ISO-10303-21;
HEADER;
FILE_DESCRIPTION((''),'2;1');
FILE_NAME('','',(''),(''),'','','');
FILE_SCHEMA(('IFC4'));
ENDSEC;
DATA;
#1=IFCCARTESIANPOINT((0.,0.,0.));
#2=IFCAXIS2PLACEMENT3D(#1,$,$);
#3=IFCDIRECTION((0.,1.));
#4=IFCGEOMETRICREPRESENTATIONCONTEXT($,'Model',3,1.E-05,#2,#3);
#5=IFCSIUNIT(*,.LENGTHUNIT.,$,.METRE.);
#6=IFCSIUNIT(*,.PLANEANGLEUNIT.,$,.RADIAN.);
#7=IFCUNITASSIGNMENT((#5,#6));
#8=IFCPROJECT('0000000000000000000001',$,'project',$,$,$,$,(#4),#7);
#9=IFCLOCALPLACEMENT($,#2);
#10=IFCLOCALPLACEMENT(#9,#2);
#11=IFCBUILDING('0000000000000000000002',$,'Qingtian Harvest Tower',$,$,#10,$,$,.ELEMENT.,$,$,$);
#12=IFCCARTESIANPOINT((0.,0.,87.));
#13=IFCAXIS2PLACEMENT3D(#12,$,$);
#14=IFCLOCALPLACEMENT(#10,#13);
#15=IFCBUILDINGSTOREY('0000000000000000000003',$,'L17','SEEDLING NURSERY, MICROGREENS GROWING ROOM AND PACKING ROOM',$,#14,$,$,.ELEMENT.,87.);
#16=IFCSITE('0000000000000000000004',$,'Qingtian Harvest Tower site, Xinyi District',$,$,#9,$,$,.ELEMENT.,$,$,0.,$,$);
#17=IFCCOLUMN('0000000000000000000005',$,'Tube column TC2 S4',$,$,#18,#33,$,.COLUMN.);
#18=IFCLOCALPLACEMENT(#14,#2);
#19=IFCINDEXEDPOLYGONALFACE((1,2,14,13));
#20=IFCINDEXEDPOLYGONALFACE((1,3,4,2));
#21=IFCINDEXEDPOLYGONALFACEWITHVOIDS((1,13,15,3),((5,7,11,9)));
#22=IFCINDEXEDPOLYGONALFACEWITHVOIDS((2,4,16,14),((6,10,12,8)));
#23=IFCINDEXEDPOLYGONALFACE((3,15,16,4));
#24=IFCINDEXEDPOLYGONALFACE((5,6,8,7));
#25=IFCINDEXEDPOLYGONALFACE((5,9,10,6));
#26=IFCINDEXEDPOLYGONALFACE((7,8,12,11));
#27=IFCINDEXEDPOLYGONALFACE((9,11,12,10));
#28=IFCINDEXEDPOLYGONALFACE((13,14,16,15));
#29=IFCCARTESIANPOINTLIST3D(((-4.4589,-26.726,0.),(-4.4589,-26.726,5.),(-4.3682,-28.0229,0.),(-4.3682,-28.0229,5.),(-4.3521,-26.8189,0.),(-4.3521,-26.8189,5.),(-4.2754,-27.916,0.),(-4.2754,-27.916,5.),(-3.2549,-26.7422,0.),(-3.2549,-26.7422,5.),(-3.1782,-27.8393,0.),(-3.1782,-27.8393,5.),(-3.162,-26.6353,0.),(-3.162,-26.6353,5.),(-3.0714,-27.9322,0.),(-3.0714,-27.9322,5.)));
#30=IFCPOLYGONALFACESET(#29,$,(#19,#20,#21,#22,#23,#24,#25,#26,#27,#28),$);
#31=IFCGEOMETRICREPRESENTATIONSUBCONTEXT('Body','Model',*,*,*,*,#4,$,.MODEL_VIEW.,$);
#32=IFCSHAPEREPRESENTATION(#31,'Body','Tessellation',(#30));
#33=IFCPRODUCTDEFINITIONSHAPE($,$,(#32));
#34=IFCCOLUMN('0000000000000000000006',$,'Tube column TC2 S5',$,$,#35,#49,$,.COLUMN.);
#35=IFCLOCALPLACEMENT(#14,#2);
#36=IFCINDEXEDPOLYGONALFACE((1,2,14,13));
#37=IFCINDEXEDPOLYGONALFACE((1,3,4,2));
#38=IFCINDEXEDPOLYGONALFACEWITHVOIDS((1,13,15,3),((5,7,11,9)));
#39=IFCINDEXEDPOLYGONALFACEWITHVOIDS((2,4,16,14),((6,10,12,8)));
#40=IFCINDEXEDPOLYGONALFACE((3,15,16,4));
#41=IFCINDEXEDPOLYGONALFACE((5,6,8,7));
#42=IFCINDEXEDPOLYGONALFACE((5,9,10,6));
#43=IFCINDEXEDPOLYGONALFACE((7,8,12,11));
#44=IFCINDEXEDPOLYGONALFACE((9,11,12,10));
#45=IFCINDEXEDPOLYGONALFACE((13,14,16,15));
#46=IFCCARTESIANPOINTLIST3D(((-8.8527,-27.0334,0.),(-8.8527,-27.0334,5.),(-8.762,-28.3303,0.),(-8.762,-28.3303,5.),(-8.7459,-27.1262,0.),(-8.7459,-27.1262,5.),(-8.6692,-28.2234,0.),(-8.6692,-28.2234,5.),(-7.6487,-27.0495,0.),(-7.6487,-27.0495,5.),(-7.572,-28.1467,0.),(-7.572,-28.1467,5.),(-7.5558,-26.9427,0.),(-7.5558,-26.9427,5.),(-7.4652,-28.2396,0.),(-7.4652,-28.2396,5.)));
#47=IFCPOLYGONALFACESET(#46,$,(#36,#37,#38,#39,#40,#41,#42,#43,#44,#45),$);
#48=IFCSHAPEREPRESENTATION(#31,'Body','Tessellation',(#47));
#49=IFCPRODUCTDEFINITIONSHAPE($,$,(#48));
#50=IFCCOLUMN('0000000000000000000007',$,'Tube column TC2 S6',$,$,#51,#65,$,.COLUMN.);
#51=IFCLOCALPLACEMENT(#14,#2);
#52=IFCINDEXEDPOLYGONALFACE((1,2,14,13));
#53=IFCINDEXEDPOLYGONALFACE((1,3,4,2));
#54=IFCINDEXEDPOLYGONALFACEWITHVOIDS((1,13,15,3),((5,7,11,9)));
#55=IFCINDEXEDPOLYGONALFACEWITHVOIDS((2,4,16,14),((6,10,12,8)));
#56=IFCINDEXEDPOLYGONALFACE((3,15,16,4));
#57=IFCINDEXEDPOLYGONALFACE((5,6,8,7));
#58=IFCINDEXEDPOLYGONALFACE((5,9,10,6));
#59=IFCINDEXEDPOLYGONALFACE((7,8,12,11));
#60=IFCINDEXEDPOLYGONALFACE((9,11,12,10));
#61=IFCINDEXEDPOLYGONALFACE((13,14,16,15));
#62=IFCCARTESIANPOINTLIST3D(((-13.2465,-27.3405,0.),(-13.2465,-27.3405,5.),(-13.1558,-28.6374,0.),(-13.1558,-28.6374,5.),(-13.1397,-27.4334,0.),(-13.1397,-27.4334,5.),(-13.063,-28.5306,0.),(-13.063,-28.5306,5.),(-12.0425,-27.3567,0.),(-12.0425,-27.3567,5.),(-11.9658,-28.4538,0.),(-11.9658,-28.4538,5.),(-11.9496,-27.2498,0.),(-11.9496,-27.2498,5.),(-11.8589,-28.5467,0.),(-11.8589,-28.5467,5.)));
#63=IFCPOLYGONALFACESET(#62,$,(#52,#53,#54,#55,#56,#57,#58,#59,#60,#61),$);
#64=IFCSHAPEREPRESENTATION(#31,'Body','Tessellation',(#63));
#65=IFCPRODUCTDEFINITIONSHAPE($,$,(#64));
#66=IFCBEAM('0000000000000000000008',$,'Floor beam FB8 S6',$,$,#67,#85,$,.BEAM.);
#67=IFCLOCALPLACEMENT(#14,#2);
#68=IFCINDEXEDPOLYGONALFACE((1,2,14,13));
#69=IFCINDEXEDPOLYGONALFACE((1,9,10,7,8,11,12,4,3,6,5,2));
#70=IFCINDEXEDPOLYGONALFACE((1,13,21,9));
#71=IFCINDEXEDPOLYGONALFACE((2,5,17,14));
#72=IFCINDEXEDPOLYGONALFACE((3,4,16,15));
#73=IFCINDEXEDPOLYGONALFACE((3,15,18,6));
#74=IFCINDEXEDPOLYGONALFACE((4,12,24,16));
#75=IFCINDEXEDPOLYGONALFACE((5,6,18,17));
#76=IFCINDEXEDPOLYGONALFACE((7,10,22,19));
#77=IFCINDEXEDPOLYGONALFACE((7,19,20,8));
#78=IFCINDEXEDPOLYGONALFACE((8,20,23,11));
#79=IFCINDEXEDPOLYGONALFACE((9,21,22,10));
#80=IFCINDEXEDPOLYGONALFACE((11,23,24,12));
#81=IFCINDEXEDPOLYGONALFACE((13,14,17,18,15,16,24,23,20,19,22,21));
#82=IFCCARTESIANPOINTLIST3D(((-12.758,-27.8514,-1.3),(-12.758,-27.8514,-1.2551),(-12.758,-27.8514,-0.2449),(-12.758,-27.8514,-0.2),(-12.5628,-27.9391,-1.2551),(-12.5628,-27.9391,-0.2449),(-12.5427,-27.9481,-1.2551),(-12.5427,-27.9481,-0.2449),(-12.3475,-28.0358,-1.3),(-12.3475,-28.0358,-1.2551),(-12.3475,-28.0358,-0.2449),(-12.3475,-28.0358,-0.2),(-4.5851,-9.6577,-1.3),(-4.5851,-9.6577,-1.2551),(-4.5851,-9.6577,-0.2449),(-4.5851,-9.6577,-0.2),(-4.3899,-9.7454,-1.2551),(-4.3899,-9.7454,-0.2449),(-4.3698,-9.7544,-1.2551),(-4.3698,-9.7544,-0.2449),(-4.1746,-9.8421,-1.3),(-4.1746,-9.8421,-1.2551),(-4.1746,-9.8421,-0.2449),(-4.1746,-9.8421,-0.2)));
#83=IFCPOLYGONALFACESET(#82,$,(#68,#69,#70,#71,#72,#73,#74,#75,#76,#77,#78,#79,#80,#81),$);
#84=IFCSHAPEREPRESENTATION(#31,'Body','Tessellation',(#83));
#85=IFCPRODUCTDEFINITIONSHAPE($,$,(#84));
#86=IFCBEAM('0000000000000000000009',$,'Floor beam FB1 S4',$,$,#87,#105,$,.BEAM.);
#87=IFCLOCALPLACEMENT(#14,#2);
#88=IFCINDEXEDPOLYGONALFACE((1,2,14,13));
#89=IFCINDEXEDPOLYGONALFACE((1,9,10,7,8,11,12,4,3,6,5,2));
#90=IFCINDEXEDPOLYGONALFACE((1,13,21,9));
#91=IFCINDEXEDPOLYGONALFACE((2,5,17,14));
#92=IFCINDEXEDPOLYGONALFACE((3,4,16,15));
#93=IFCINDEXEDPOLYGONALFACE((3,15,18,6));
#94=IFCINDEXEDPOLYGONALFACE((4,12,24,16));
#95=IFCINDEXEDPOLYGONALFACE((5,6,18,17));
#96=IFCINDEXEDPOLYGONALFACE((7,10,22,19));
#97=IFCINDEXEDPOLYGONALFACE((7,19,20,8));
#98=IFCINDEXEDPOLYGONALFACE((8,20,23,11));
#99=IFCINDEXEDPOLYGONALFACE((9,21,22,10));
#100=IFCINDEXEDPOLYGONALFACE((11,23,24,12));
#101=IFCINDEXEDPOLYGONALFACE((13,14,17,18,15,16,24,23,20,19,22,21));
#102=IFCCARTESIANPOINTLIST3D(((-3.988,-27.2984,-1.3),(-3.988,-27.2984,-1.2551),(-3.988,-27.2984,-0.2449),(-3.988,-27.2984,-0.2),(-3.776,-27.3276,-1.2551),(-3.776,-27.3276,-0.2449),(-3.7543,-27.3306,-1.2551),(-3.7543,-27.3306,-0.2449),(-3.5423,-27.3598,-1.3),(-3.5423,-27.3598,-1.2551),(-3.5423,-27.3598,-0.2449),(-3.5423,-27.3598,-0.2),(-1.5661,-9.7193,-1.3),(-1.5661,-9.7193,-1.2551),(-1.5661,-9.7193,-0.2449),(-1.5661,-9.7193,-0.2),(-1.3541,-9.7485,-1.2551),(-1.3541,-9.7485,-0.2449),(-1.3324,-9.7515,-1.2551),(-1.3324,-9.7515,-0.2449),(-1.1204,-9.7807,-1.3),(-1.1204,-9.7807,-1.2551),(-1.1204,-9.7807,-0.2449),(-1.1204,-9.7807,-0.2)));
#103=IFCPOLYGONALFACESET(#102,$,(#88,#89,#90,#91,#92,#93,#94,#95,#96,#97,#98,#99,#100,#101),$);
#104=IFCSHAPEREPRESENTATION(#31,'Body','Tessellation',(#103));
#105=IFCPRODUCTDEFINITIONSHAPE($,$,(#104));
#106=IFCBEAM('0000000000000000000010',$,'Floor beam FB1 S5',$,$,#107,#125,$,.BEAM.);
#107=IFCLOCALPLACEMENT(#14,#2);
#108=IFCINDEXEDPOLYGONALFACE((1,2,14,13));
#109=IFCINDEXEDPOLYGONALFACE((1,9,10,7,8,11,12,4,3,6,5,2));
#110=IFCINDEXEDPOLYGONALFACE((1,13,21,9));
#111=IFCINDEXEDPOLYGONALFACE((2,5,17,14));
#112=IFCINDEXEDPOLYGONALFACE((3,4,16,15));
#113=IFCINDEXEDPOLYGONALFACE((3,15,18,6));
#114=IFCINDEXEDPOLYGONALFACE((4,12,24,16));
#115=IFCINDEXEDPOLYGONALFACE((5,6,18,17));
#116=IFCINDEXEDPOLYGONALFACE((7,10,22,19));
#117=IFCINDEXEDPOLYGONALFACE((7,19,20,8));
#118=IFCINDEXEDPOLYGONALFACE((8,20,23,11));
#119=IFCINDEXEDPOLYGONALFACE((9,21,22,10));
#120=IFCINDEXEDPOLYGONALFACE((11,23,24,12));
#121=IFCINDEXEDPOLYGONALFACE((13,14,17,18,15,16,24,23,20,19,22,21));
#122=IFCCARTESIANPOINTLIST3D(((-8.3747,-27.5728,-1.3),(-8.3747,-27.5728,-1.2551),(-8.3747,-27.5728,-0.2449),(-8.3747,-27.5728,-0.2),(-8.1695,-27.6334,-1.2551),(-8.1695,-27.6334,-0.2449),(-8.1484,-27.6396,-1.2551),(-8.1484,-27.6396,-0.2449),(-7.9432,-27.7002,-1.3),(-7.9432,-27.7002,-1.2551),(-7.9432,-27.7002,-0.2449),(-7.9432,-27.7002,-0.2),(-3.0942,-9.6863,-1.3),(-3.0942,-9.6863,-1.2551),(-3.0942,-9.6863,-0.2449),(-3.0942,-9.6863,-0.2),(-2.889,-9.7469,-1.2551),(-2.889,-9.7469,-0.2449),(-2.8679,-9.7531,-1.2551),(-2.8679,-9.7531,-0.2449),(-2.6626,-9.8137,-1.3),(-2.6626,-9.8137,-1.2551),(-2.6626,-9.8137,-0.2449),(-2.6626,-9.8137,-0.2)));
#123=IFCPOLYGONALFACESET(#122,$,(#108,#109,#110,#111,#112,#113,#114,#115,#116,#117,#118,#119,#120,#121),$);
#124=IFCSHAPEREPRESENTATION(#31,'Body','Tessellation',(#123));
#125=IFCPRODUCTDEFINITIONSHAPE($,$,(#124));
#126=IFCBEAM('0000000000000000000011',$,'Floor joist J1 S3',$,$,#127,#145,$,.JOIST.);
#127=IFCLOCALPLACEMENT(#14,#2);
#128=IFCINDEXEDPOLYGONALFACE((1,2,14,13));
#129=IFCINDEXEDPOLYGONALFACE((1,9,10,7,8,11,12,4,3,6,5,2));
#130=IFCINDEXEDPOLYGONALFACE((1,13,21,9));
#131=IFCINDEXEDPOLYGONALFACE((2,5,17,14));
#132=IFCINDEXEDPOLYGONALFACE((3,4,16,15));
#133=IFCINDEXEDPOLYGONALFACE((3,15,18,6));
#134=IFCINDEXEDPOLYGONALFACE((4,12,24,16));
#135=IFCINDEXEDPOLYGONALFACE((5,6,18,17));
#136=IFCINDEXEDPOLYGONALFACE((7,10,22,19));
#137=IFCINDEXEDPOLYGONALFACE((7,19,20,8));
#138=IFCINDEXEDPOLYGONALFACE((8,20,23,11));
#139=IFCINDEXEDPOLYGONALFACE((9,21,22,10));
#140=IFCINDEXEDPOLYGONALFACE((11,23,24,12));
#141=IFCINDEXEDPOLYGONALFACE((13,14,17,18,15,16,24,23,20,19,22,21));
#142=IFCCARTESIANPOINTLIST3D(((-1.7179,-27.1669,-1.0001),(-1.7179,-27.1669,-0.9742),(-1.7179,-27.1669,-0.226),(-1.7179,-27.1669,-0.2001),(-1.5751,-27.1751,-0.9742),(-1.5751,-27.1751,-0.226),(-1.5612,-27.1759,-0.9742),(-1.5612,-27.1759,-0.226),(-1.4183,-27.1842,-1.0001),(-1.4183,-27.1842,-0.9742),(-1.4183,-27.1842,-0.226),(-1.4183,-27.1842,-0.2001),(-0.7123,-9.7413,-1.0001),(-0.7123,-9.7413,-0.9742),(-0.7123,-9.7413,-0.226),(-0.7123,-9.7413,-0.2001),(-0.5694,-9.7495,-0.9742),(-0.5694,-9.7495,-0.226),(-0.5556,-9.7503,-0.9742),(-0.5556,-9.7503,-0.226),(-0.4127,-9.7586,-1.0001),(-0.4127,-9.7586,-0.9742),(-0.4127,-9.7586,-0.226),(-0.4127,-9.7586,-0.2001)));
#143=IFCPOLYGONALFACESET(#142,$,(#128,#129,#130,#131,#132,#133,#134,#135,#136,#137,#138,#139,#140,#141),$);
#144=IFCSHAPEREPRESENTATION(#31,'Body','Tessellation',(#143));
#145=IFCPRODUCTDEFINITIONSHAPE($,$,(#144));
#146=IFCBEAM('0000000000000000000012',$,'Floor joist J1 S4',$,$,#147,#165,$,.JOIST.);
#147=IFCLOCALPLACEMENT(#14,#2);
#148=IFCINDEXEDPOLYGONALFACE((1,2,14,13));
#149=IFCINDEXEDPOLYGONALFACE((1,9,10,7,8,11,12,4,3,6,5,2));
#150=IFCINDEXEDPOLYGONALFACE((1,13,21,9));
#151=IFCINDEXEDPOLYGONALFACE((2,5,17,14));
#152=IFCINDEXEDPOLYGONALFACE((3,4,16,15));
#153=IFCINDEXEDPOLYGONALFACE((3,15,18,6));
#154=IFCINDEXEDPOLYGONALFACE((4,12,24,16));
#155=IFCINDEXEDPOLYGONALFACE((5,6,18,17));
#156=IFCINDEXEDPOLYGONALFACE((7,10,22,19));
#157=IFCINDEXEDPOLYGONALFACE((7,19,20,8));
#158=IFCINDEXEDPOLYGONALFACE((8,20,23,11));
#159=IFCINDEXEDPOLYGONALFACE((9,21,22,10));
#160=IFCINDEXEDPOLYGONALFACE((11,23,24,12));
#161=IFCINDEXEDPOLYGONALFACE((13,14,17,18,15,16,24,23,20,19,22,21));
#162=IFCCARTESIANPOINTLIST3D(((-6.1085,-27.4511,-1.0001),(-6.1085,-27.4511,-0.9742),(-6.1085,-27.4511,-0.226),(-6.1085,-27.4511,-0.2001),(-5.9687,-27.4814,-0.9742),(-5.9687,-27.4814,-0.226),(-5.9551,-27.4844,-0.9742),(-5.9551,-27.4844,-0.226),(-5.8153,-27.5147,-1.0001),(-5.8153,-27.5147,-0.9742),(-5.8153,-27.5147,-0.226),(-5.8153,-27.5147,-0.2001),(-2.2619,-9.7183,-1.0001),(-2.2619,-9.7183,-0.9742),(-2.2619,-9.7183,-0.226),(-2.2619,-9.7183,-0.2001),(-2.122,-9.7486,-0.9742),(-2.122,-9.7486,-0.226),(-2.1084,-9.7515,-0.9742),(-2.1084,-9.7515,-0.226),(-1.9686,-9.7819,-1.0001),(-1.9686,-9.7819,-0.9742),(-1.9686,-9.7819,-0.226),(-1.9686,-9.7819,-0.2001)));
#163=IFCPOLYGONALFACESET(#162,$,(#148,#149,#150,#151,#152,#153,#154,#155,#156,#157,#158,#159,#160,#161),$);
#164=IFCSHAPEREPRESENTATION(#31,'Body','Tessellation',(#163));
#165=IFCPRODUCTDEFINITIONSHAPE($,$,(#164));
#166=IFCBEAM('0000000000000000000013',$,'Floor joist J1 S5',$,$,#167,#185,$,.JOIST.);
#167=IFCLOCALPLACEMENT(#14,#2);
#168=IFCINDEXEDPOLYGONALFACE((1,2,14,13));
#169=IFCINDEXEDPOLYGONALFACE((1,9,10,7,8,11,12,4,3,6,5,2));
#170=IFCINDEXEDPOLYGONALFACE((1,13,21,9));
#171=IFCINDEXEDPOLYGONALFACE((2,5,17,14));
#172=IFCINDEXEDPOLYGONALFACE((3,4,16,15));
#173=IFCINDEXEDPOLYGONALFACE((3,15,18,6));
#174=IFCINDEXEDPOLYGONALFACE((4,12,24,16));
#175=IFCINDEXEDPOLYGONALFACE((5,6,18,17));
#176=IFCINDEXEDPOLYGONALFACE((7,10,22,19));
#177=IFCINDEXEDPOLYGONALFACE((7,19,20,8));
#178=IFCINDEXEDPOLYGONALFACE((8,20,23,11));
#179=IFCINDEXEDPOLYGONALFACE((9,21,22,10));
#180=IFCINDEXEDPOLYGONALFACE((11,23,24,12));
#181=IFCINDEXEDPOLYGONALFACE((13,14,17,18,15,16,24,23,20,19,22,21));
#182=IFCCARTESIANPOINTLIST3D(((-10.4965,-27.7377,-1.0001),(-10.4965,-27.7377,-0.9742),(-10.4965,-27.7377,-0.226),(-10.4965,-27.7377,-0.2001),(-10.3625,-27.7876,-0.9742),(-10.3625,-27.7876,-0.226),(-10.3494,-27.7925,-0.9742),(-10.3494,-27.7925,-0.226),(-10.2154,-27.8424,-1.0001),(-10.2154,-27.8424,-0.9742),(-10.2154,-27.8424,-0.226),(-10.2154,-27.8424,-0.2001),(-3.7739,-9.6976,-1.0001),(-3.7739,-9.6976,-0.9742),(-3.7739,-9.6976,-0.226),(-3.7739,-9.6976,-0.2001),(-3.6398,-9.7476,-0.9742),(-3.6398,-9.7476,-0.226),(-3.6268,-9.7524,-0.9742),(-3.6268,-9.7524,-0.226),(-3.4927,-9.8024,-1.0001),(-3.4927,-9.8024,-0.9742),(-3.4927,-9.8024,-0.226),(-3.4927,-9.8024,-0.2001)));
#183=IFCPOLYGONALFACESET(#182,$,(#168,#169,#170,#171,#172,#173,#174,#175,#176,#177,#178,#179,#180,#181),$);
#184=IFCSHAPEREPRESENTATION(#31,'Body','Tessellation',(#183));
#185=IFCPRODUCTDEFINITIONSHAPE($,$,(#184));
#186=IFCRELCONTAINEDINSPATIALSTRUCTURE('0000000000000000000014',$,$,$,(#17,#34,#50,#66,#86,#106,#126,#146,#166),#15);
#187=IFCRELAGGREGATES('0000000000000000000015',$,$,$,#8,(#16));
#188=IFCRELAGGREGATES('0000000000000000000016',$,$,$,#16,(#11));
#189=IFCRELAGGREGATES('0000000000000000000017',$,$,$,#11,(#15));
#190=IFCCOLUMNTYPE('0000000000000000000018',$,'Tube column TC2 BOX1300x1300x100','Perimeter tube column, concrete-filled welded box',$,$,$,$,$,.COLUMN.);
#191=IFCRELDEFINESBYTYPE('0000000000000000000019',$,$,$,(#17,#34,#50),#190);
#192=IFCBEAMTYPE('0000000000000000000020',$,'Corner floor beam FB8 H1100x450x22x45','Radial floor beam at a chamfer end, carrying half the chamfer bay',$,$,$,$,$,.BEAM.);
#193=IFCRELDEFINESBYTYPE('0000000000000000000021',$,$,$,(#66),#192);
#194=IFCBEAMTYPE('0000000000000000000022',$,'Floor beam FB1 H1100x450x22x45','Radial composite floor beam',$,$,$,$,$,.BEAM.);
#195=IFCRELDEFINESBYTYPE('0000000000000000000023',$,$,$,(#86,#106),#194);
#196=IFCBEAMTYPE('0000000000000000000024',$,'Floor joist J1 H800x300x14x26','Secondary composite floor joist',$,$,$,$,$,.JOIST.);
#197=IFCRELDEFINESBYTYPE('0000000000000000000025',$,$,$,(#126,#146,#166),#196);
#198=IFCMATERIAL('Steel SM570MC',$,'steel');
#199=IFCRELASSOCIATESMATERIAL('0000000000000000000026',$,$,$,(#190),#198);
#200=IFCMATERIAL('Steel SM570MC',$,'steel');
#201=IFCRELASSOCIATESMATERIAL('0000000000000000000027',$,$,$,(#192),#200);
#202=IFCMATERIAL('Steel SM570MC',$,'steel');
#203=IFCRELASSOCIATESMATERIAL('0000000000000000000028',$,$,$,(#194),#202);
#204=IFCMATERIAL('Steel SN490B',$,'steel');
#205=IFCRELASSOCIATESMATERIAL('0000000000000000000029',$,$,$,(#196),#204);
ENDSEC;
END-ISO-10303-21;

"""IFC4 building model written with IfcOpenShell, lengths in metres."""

from ifc_helpers import new_model, si_unit, direction, frame, origin, origin_2d, place, context, subcontext, project, spatial, hollow_rectangle, i_section, extrude, material, material_profile, profile_set, type_object, element, save


model = new_model("IFC4")

# Units and contexts
model_context = context("Model", 3, precision=1e-05, world=origin(), true_north=direction((0.0, 1.0)))
body_context = subcontext(model_context, "Body", "Model", "MODEL_VIEW")
ifc_project = project(units=[si_unit("LENGTHUNIT", "METRE"), si_unit("PLANEANGLEUNIT", "RADIAN")], contexts=[model_context])

# Site, building, storey
site_placement = place(None, origin())
site = spatial("IfcSite", under=ifc_project, at=site_placement, Name="Qingtian Harvest Tower site, Xinyi District", CompositionType="ELEMENT", RefElevation=0.0)
building_placement = place(site_placement, origin())
building = spatial("IfcBuilding", under=site, at=building_placement, Name="Qingtian Harvest Tower", CompositionType="ELEMENT")
storey_placement = place(building_placement, frame((0.0, 0.0, 87.0)))
storey = spatial("IfcBuildingStorey", under=building, at=storey_placement, Name="L17", Description="SEEDLING NURSERY, MICROGREENS GROWING ROOM AND PACKING ROOM", CompositionType="ELEMENT", Elevation=87.0)

# Columns
ifc_material_1 = material(Name="Steel SM570MC", Category="steel")
ifc_material_profile_1 = material_profile(ifc_material_1, hollow_rectangle(XDim=1.3, YDim=1.3, WallThickness=0.1001, at=origin_2d()), Name="BOX1300x1300x100")
ifc_profile_set_1 = profile_set([ifc_material_profile_1], Name="Steel SM570MC")
column_type = type_object("IfcColumnType", Name="Tube column TC2 BOX1300x1300x100", Description="Perimeter tube column, concrete-filled welded box", PredefinedType="COLUMN", material=ifc_profile_set_1)
for number, where, z_axis, x_axis, name in (
    (1, (-3.7651, -27.3291, 0.0), (0.0, 0.0, 1.0), (0.997564, 0.069756, 0.0), "Tube column TC2 S4"),
    (2, (-8.1589, -27.6365, 0.0), (0.0, 0.0, 1.0), (0.997564, 0.069756, 0.0), "Tube column TC2 S5"),
    (3, (-12.5527, -27.9436, 0.0), (0.0, 0.0, 1.0), (0.997564, 0.069756, 0.0), "Tube column TC2 S6"),
):
    element("IfcColumn", number, at=place(storey_placement, frame(where, z_axis=z_axis, x_axis=x_axis)), inside=storey, type_object=column_type, Name=name, PredefinedType="COLUMN", context=body_context, shape_type="SweptSolid", body=[
        extrude(hollow_rectangle(XDim=1.3, YDim=1.3, WallThickness=0.1001, at=origin_2d()), origin(), (0.0, 0.0, 1.0), 5.0),
    ])

# Beams
ifc_material_2 = material(Name="Steel SM570MC", Category="steel")
ifc_material_profile_2 = material_profile(ifc_material_2, i_section(OverallWidth=0.45, OverallDepth=1.1001, WebThickness=0.022, FlangeThickness=0.0449, at=origin_2d()), Name="H1100x450x22x45")
ifc_profile_set_2 = profile_set([ifc_material_profile_2], Name="Steel SM570MC")
beam_type_1 = type_object("IfcBeamType", Name="Corner floor beam FB8 H1100x450x22x45", Description="Radial floor beam at a chamfer end, carrying half the chamfer bay", PredefinedType="BEAM", material=ifc_profile_set_2)
beam_1_placement = place(storey_placement, frame((-12.5527, -27.9436, -0.75), z_axis=(0.40977, 0.912189, 0.0), x_axis=(-0.912189, 0.40977, 0.0)))
element("IfcBeam", 4, at=beam_1_placement, inside=storey, type_object=beam_type_1, Name="Floor beam FB8 S6", PredefinedType="BEAM", context=body_context, shape_type="SweptSolid", body=[
    extrude(i_section(OverallWidth=0.45, OverallDepth=1.1001, WebThickness=0.022, FlangeThickness=0.0449, at=origin_2d()), origin(), (0.0, 0.0, 1.0), 19.9451),
])
ifc_material_3 = material(Name="Steel SM570MC", Category="steel")
ifc_material_profile_3 = material_profile(ifc_material_3, i_section(OverallWidth=0.45, OverallDepth=1.1001, WebThickness=0.022, FlangeThickness=0.0449, at=origin_2d()), Name="H1100x450x22x45")
ifc_profile_set_3 = profile_set([ifc_material_profile_3], Name="Steel SM570MC")
beam_type_2 = type_object("IfcBeamType", Name="Floor beam FB1 H1100x450x22x45", Description="Radial composite floor beam", PredefinedType="BEAM", material=ifc_profile_set_3)
beam_2_placement = place(storey_placement, frame((-3.7651, -27.3291, -0.75), z_axis=(0.136481, 0.990643, 0.0), x_axis=(-0.990643, 0.136481, 0.0)))
element("IfcBeam", 5, at=beam_2_placement, inside=storey, type_object=beam_type_2, Name="Floor beam FB1 S4", PredefinedType="BEAM", context=body_context, shape_type="SweptSolid", body=[
    extrude(i_section(OverallWidth=0.45, OverallDepth=1.1001, WebThickness=0.022, FlangeThickness=0.0449, at=origin_2d()), origin(), (0.0, 0.0, 1.0), 17.7451),
])
beam_3_placement = place(storey_placement, frame((-8.1589, -27.6365, -0.75), z_axis=(0.283143, 0.959078, 0.0), x_axis=(-0.959078, 0.283143, 0.0)))
element("IfcBeam", 6, at=beam_3_placement, inside=storey, type_object=beam_type_2, Name="Floor beam FB1 S5", PredefinedType="BEAM", context=body_context, shape_type="SweptSolid", body=[
    extrude(i_section(OverallWidth=0.45, OverallDepth=1.1001, WebThickness=0.022, FlangeThickness=0.0449, at=origin_2d()), origin(), (0.0, 0.0, 1.0), 18.6497),
])
ifc_material_4 = material(Name="Steel SN490B", Category="steel")
ifc_material_profile_4 = material_profile(ifc_material_4, i_section(OverallWidth=0.3, OverallDepth=0.8, WebThickness=0.0139, FlangeThickness=0.0259, at=origin_2d()), Name="H800x300x14x26")
ifc_profile_set_4 = profile_set([ifc_material_profile_4], Name="Steel SN490B")
beam_type_3 = type_object("IfcBeamType", Name="Floor joist J1 H800x300x14x26", Description="Secondary composite floor joist", PredefinedType="JOIST", material=ifc_profile_set_4)
beam_4_placement = place(storey_placement, frame((-1.5681, -27.1755, -0.6001), z_axis=(0.057613, 0.998339, 0.0), x_axis=(-0.998339, 0.057613, 0.0)))
element("IfcBeam", 7, at=beam_4_placement, inside=storey, type_object=beam_type_3, Name="Floor joist J1 S3", PredefinedType="JOIST", context=body_context, shape_type="SweptSolid", body=[
    extrude(i_section(OverallWidth=0.3, OverallDepth=0.8, WebThickness=0.0139, FlangeThickness=0.0259, at=origin_2d()), origin(), (0.0, 0.0, 1.0), 17.4546),
])
beam_5_placement = place(storey_placement, frame((-5.9619, -27.4829, -0.6001), z_axis=(0.211993, 0.977271, 0.0), x_axis=(-0.977271, 0.211993, 0.0)))
element("IfcBeam", 8, at=beam_5_placement, inside=storey, type_object=beam_type_3, Name="Floor joist J1 S4", PredefinedType="JOIST", context=body_context, shape_type="SweptSolid", body=[
    extrude(i_section(OverallWidth=0.3, OverallDepth=0.8, WebThickness=0.0139, FlangeThickness=0.0259, at=origin_2d()), origin(), (0.0, 0.0, 1.0), 18.1453),
])
beam_6_placement = place(storey_placement, frame((-10.356, -27.79, -0.6001), z_axis=(0.349194, 0.937051, 0.0), x_axis=(-0.937051, 0.349194, 0.0)))
element("IfcBeam", 9, at=beam_6_placement, inside=storey, type_object=beam_type_3, Name="Floor joist J1 S5", PredefinedType="JOIST", context=body_context, shape_type="SweptSolid", body=[
    extrude(i_section(OverallWidth=0.3, OverallDepth=0.8, WebThickness=0.0139, FlangeThickness=0.0259, at=origin_2d()), origin(), (0.0, 0.0, 1.0), 19.252),
])

save(model, "model.ifc")
